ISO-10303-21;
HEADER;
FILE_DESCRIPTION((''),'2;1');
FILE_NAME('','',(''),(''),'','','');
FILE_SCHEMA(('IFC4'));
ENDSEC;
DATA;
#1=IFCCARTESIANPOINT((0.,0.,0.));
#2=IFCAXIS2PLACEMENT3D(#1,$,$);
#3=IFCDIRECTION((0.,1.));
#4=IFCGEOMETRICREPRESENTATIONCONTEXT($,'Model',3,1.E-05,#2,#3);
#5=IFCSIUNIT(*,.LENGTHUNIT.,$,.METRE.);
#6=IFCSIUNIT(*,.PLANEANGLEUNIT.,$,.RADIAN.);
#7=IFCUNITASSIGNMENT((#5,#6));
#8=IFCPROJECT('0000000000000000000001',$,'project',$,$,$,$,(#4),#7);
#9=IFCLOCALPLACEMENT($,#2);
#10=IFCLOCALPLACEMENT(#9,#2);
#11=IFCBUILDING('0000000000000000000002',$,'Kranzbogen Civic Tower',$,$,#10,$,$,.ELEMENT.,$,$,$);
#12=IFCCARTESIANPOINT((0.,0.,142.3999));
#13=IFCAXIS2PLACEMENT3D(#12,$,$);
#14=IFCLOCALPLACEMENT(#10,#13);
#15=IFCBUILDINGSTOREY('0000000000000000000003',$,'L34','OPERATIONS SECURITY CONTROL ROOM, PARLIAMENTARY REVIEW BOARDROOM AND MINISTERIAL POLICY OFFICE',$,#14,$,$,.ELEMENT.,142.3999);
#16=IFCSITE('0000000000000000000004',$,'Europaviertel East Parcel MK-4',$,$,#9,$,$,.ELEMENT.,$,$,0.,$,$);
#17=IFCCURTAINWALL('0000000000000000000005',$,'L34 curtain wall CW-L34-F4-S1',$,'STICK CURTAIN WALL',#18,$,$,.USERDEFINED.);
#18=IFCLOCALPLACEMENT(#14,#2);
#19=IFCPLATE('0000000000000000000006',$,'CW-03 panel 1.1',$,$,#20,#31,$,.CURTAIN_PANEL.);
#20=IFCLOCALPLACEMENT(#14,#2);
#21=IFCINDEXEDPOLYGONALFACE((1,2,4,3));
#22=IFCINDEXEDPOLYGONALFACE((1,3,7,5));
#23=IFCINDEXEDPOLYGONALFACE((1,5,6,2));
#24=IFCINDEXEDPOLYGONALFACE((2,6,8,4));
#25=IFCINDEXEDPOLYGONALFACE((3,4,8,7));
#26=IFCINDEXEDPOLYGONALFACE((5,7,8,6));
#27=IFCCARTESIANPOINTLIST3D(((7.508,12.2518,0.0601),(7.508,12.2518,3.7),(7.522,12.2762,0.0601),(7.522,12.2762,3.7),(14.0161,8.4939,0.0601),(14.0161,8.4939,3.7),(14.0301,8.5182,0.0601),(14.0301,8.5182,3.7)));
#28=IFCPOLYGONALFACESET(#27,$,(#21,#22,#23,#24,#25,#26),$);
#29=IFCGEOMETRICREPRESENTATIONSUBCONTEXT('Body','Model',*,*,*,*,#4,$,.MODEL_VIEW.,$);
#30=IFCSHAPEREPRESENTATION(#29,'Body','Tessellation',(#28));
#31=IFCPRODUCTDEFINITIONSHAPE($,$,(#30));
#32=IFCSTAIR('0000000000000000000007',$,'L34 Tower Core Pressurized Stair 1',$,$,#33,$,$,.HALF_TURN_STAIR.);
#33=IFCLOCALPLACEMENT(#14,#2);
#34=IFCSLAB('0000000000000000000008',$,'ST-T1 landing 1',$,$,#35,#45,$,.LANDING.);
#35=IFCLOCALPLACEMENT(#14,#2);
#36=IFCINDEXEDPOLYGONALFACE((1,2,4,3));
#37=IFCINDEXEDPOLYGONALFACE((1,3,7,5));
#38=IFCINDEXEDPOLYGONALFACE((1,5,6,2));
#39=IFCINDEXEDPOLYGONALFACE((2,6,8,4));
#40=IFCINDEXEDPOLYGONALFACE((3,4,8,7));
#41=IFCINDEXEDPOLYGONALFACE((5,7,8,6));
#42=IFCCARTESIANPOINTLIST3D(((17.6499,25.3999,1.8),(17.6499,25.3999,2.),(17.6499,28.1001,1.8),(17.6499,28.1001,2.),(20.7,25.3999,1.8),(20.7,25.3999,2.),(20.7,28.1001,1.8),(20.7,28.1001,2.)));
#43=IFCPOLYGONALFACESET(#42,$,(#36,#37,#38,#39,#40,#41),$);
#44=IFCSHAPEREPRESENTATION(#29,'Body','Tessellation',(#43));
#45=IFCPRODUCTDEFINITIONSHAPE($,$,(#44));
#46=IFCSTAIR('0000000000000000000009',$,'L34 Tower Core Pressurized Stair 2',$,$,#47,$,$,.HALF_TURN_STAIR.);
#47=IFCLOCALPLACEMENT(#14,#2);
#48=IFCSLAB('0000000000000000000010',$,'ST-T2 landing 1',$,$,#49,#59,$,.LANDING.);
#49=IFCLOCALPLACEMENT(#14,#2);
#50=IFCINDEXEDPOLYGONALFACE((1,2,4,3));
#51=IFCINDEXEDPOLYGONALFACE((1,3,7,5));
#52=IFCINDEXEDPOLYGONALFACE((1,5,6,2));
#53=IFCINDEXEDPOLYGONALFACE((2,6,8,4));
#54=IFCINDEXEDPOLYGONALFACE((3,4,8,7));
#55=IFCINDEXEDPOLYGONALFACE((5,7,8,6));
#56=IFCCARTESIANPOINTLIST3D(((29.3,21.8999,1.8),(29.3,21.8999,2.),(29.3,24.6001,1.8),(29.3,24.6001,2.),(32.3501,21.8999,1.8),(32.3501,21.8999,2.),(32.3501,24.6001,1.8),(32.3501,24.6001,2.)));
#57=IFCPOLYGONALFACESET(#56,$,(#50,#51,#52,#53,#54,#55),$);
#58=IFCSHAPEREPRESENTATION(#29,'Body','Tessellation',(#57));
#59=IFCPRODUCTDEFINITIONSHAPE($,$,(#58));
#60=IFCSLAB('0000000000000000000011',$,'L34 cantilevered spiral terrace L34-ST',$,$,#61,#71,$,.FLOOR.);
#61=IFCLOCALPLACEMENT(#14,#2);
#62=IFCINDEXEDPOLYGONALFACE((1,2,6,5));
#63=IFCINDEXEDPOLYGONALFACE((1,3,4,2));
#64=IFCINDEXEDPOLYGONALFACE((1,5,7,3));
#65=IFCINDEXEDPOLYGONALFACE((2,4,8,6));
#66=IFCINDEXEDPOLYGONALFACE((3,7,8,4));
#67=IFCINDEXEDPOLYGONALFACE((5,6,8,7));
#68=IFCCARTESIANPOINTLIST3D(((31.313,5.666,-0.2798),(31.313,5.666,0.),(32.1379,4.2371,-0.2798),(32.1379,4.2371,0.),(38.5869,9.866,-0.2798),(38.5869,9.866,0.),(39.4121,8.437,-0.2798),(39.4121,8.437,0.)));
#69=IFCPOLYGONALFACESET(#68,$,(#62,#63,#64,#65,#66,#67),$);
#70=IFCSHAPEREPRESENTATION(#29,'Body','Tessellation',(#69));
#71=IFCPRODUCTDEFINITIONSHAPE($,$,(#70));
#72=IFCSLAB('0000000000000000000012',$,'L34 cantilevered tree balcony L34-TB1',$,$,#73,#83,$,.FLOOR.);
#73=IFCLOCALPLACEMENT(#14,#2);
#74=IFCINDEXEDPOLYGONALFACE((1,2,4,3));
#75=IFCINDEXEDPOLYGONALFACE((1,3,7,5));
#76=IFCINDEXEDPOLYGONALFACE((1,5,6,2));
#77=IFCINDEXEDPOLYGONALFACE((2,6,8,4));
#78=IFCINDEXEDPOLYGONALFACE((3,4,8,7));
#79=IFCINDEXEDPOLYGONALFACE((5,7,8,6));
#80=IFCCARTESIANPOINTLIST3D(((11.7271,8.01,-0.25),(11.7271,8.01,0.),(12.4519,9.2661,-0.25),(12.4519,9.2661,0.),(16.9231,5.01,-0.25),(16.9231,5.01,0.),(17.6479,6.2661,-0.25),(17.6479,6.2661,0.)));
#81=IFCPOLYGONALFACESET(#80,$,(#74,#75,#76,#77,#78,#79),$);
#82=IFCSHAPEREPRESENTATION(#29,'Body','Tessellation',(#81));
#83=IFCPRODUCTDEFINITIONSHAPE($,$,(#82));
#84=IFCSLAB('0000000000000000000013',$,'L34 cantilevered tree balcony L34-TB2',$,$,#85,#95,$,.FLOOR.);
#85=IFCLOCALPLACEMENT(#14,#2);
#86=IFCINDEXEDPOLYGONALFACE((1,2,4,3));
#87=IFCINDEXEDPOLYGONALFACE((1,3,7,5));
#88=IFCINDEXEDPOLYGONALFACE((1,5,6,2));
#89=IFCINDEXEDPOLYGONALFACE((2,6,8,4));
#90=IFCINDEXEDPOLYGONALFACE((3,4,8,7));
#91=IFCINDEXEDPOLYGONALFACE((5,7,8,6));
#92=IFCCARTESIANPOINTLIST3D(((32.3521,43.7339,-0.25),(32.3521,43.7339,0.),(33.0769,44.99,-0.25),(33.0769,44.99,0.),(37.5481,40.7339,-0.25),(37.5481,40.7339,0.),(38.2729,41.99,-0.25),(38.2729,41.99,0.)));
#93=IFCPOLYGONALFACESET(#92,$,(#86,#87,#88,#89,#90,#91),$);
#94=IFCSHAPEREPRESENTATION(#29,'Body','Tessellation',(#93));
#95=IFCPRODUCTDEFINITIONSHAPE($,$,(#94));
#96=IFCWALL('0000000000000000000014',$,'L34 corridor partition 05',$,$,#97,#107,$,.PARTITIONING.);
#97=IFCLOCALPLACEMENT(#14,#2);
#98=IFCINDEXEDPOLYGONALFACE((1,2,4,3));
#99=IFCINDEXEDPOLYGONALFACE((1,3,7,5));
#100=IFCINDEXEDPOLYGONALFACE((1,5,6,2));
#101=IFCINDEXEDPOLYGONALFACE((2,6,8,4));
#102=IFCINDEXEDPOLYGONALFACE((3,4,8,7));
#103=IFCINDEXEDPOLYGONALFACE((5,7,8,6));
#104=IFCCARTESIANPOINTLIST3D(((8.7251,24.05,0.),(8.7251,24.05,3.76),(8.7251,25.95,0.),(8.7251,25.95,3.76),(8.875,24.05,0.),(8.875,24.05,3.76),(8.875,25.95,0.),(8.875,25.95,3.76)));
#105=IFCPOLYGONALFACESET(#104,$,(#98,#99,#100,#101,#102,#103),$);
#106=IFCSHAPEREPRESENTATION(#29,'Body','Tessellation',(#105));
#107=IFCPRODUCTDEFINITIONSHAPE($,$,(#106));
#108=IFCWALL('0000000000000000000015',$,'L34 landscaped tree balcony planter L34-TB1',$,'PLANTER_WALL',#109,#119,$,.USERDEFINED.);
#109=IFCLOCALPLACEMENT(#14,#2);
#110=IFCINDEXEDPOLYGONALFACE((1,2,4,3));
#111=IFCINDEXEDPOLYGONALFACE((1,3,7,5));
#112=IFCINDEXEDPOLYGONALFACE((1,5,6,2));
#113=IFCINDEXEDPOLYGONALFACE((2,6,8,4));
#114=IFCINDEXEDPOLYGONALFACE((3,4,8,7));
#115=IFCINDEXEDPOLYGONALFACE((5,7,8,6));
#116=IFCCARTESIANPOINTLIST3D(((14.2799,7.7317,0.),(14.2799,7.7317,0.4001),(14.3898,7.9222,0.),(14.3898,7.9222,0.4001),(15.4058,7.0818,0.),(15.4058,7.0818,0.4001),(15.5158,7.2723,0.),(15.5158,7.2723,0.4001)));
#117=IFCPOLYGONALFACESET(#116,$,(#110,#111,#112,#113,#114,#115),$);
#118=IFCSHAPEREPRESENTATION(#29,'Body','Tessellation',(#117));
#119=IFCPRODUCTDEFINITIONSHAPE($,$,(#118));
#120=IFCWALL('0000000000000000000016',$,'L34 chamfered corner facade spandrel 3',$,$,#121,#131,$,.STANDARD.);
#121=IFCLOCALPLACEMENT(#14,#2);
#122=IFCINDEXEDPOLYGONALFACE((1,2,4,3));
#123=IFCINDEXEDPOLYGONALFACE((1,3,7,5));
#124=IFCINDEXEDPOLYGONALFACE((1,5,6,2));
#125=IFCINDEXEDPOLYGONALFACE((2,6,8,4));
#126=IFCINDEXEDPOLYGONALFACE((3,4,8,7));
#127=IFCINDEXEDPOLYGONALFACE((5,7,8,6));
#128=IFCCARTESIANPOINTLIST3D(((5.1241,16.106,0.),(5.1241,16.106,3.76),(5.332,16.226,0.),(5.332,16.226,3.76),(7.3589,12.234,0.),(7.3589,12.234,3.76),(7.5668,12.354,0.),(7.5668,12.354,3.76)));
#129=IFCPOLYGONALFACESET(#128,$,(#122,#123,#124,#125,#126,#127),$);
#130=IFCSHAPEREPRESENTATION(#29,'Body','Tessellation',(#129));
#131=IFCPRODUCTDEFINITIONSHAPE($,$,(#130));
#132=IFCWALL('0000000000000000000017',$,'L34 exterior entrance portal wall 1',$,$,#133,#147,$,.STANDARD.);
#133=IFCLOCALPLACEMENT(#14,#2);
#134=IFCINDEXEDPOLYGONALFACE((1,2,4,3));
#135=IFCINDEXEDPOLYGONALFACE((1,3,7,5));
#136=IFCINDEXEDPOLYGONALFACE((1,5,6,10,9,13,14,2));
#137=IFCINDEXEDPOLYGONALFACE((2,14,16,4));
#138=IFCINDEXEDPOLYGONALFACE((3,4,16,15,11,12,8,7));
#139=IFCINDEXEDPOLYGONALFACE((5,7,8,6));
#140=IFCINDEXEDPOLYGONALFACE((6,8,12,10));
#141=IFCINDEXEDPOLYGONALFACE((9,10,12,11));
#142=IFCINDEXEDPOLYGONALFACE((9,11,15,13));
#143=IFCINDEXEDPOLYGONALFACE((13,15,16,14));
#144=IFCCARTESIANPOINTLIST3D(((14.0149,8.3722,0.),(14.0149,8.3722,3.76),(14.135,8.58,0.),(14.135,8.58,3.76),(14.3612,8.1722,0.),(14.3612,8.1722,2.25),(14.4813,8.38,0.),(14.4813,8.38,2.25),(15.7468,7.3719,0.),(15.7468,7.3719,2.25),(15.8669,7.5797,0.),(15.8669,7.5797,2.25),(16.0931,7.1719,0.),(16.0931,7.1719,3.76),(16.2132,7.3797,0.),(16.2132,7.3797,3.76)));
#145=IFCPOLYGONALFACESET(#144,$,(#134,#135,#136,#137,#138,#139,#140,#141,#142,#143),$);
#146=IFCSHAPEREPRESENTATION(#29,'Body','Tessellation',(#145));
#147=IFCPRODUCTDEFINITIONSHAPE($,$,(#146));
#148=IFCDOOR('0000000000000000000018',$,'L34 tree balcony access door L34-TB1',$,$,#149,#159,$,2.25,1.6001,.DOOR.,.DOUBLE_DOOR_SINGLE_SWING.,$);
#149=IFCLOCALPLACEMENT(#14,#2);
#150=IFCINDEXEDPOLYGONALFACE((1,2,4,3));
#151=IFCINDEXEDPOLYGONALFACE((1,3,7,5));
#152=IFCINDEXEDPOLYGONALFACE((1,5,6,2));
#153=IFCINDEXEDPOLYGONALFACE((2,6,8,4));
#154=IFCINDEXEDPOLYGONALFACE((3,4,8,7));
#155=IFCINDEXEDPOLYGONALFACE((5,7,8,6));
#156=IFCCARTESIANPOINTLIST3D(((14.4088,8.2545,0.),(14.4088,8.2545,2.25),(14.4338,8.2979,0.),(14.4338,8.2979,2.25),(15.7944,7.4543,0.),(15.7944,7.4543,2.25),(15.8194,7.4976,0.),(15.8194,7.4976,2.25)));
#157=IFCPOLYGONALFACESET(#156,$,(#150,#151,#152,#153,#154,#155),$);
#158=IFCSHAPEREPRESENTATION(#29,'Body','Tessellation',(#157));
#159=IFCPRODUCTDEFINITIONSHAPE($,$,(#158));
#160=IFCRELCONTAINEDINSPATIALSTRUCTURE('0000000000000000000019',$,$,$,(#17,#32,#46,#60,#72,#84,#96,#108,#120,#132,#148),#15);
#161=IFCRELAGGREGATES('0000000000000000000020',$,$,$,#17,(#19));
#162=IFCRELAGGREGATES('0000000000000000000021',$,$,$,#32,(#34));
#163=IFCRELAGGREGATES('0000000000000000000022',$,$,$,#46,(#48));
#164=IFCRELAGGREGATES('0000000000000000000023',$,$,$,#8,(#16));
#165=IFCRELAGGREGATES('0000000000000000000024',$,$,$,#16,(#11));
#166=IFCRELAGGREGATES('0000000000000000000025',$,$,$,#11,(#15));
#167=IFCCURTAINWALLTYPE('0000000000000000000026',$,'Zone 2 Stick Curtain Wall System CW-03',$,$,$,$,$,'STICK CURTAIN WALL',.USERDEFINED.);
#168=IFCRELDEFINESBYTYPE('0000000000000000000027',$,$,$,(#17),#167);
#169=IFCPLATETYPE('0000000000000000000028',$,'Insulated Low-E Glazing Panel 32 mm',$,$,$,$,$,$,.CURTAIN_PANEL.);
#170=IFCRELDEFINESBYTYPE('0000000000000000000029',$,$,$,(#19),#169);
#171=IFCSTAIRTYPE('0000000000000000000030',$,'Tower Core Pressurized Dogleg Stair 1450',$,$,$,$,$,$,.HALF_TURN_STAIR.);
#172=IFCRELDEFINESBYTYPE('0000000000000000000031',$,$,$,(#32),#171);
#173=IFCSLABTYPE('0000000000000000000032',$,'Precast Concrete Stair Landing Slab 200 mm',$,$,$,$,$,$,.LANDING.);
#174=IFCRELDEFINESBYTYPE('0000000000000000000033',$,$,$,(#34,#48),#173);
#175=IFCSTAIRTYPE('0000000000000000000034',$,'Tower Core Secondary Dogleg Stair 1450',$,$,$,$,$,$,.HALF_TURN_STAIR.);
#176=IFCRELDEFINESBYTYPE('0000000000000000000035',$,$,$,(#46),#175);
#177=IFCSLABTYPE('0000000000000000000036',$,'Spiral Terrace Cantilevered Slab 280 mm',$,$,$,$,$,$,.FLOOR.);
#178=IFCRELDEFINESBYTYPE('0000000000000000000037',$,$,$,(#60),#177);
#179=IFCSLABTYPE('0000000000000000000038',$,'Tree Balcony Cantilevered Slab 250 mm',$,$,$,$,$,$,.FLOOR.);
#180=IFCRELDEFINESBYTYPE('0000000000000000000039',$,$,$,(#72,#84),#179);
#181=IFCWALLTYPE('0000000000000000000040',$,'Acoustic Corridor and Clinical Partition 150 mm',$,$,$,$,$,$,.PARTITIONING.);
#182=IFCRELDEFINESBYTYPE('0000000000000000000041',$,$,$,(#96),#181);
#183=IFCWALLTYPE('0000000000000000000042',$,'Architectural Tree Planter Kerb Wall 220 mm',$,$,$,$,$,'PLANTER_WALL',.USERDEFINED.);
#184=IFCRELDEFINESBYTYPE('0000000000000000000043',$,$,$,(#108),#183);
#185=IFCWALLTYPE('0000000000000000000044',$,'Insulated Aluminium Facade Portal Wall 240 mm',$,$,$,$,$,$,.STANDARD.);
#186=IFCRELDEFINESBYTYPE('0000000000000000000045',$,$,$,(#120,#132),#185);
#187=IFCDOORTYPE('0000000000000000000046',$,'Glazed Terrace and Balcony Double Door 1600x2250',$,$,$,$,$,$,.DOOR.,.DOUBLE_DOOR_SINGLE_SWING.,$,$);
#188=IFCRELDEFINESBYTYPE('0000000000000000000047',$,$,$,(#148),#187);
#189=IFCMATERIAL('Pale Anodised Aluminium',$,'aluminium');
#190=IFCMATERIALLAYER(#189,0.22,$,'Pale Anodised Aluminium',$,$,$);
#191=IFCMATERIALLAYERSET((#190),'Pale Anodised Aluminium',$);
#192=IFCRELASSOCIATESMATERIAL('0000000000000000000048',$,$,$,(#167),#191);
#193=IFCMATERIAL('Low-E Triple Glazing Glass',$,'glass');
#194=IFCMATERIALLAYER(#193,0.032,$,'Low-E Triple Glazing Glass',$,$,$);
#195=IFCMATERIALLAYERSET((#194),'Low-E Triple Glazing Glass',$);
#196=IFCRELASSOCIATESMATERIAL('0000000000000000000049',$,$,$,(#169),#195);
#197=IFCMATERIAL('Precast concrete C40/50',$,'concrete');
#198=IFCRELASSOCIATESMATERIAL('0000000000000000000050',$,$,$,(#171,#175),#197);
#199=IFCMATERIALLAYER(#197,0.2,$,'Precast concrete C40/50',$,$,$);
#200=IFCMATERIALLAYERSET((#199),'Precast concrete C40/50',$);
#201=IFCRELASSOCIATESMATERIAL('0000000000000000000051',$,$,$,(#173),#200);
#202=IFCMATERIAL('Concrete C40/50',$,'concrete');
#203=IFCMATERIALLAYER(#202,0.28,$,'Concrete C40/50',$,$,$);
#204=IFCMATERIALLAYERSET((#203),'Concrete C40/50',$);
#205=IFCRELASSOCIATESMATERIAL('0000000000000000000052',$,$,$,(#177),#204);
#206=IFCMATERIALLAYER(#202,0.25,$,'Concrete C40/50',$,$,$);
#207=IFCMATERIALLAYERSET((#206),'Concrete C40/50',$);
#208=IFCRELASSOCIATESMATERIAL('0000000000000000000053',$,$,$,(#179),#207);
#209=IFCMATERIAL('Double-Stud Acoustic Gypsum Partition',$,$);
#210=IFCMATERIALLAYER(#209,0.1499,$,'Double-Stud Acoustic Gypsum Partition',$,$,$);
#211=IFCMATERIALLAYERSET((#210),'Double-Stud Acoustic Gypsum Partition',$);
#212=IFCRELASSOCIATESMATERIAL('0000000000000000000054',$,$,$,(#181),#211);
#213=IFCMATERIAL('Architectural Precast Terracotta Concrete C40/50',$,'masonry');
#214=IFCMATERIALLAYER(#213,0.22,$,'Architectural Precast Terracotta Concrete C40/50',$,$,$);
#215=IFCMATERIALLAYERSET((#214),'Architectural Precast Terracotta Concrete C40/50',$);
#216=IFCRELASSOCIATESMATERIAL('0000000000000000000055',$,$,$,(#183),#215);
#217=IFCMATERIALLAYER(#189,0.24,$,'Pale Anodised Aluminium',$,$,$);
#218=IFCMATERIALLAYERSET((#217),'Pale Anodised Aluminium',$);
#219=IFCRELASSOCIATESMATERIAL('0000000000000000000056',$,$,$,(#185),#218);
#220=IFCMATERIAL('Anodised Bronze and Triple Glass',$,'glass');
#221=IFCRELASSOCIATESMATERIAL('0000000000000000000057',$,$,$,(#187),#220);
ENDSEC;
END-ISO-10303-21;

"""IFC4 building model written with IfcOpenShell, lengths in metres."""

from ifc_helpers import new_model, si_unit, direction, frame, frame_2d, origin, origin_2d, place, context, subcontext, project, spatial, polyline, rectangle, outline, extrude, material, layer, layer_set, type_object, element, fill, aggregate, save


model = new_model("IFC4")

# Units and contexts
model_context = context("Model", 3, precision=1e-05, world=origin(), true_north=direction((0.0, 1.0)))
body_context = subcontext(model_context, "Body", "Model", "MODEL_VIEW")
ifc_project = project(units=[si_unit("LENGTHUNIT", "METRE"), si_unit("PLANEANGLEUNIT", "RADIAN")], contexts=[model_context])

# Site, building, storey
site_placement = place(None, origin())
site = spatial("IfcSite", under=ifc_project, at=site_placement, Name="Europaviertel East Parcel MK-4", CompositionType="ELEMENT", RefElevation=0.0)
building_placement = place(site_placement, origin())
building = spatial("IfcBuilding", under=site, at=building_placement, Name="Kranzbogen Civic Tower", CompositionType="ELEMENT")
storey_placement = place(building_placement, frame((0.0, 0.0, 142.3999)))
storey = spatial("IfcBuildingStorey", under=building, at=storey_placement, Name="L34", Description="OPERATIONS SECURITY CONTROL ROOM, PARLIAMENTARY REVIEW BOARDROOM AND MINISTERIAL POLICY OFFICE", CompositionType="ELEMENT", Elevation=142.3999)

# Shared definitions
ifc_material_1 = material(Name="Pale Anodised Aluminium", Category="aluminium")
ifc_layer_1 = layer(ifc_material_1, 0.22, Name="Pale Anodised Aluminium")
ifc_layer_set_1 = layer_set([ifc_layer_1], Name="Pale Anodised Aluminium")
curtain_wall_type = type_object("IfcCurtainWallType", Name="Zone 2 Stick Curtain Wall System CW-03", ElementType="STICK CURTAIN WALL", PredefinedType="USERDEFINED", material=ifc_layer_set_1)

# Curtain wall
curtain_wall_1_placement = place(storey_placement, origin())
curtain_wall_1 = element("IfcCurtainWall", 1, at=curtain_wall_1_placement, inside=storey, type_object=curtain_wall_type, Name="L34 curtain wall CW-L34-F4-S1", ObjectType="STICK CURTAIN WALL", PredefinedType="USERDEFINED")

# Shared definitions
ifc_material_2 = material(Name="Concrete C40/50", Category="concrete")

# Plate
ifc_material_3 = material(Name="Low-E Triple Glazing Glass", Category="glass")
ifc_layer_2 = layer(ifc_material_3, 0.032, Name="Low-E Triple Glazing Glass")
ifc_layer_set_2 = layer_set([ifc_layer_2], Name="Low-E Triple Glazing Glass")
plate_type = type_object("IfcPlateType", Name="Insulated Low-E Glazing Panel 32 mm", PredefinedType="CURTAIN_PANEL", material=ifc_layer_set_2)
plate_1_placement = place(storey_placement, frame((10.769, 10.385, 0.0601), z_axis=(0.0, 0.0, 1.0), x_axis=(0.865994, -0.500055, 0.0)))
plate_1 = element("IfcPlate", 2, at=plate_1_placement, type_object=plate_type, Name="CW-03 panel 1.1", PredefinedType="CURTAIN_PANEL", context=body_context, shape_type="SweptSolid", body=[
    extrude(rectangle(XDim=7.5151, YDim=0.0281, at=origin_2d()), origin(), (0.0, 0.0, 1.0), 3.6399),
])
aggregate(curtain_wall_1, [plate_1])

# Stairs, slabs
ifc_material_4 = material(Name="Precast concrete C40/50", Category="concrete")
stair_type_1 = type_object("IfcStairType", Name="Tower Core Pressurized Dogleg Stair 1450", PredefinedType="HALF_TURN_STAIR", material=ifc_material_4)
stair_1_placement = place(storey_placement, origin())
stair_1 = element("IfcStair", 3, at=stair_1_placement, inside=storey, type_object=stair_type_1, Name="L34 Tower Core Pressurized Stair 1", PredefinedType="HALF_TURN_STAIR")
ifc_layer_3 = layer(ifc_material_4, 0.2, Name="Precast concrete C40/50")
ifc_layer_set_3 = layer_set([ifc_layer_3], Name="Precast concrete C40/50")
slab_type_1 = type_object("IfcSlabType", Name="Precast Concrete Stair Landing Slab 200 mm", PredefinedType="LANDING", material=ifc_layer_set_3)
slab_1_placement = place(storey_placement, frame((0.0, 0.0, 1.8)))
slab_1 = element("IfcSlab", 4, at=slab_1_placement, type_object=slab_type_1, Name="ST-T1 landing 1", PredefinedType="LANDING", context=body_context, shape_type="SweptSolid", body=[
    extrude(outline(polyline([(20.7, 25.3999), (20.7, 28.1001), (17.6499, 28.1001), (17.6499, 25.3999), (20.7, 25.3999)])), origin(), (0.0, 0.0, 1.0), 0.2),
])
aggregate(stair_1, [slab_1])
stair_type_2 = type_object("IfcStairType", Name="Tower Core Secondary Dogleg Stair 1450", PredefinedType="HALF_TURN_STAIR", material=ifc_material_4)
stair_2_placement = place(storey_placement, origin())
stair_2 = element("IfcStair", 5, at=stair_2_placement, inside=storey, type_object=stair_type_2, Name="L34 Tower Core Pressurized Stair 2", PredefinedType="HALF_TURN_STAIR")
slab_2_placement = place(storey_placement, frame((0.0, 0.0, 1.8)))
slab_2 = element("IfcSlab", 6, at=slab_2_placement, type_object=slab_type_1, Name="ST-T2 landing 1", PredefinedType="LANDING", context=body_context, shape_type="SweptSolid", body=[
    extrude(outline(polyline([(29.3, 24.6001), (29.3, 21.8999), (32.3501, 21.8999), (32.3501, 24.6001), (29.3, 24.6001)])), origin(), (0.0, 0.0, 1.0), 0.2),
])
aggregate(stair_2, [slab_2])

# Slabs
ifc_layer_4 = layer(ifc_material_2, 0.28, Name="Concrete C40/50")
ifc_layer_set_4 = layer_set([ifc_layer_4], Name="Concrete C40/50")
slab_type_2 = type_object("IfcSlabType", Name="Spiral Terrace Cantilevered Slab 280 mm", PredefinedType="FLOOR", material=ifc_layer_set_4)
slab_3_placement = place(storey_placement, frame((0.0, 0.0, -0.2798)))
element("IfcSlab", 7, at=slab_3_placement, inside=storey, type_object=slab_type_2, Name="L34 cantilevered spiral terrace L34-ST", PredefinedType="FLOOR", context=body_context, shape_type="SweptSolid", body=[
    extrude(outline(polyline([(31.313, 5.666), (38.5869, 9.866), (39.4121, 8.437), (32.1379, 4.2371), (31.313, 5.666)])), origin(), (0.0, 0.0, 1.0), 0.2798),
])
ifc_layer_5 = layer(ifc_material_2, 0.25, Name="Concrete C40/50")
ifc_layer_set_5 = layer_set([ifc_layer_5], Name="Concrete C40/50")
slab_type_3 = type_object("IfcSlabType", Name="Tree Balcony Cantilevered Slab 250 mm", PredefinedType="FLOOR", material=ifc_layer_set_5)
slab_4_placement = place(storey_placement, frame((0.0, 0.0, -0.25)))
element("IfcSlab", 8, at=slab_4_placement, inside=storey, type_object=slab_type_3, Name="L34 cantilevered tree balcony L34-TB1", PredefinedType="FLOOR", context=body_context, shape_type="SweptSolid", body=[
    extrude(outline(polyline([(12.4519, 9.2661), (17.6479, 6.2661), (16.9231, 5.01), (11.7271, 8.01), (12.4519, 9.2661)])), origin(), (0.0, 0.0, 1.0), 0.25),
])
slab_5_placement = place(storey_placement, frame((0.0, 0.0, -0.25)))
element("IfcSlab", 9, at=slab_5_placement, inside=storey, type_object=slab_type_3, Name="L34 cantilevered tree balcony L34-TB2", PredefinedType="FLOOR", context=body_context, shape_type="SweptSolid", body=[
    extrude(outline(polyline([(37.5481, 40.7339), (32.3521, 43.7339), (33.0769, 44.99), (38.2729, 41.99), (37.5481, 40.7339)])), origin(), (0.0, 0.0, 1.0), 0.25),
])

# Walls
ifc_material_5 = material(Name="Double-Stud Acoustic Gypsum Partition")
ifc_layer_6 = layer(ifc_material_5, 0.1499, Name="Double-Stud Acoustic Gypsum Partition")
ifc_layer_set_6 = layer_set([ifc_layer_6], Name="Double-Stud Acoustic Gypsum Partition")
wall_type_1 = type_object("IfcWallType", Name="Acoustic Corridor and Clinical Partition 150 mm", PredefinedType="PARTITIONING", material=ifc_layer_set_6)
wall_1_placement = place(storey_placement, frame((8.8, 24.05, 0.0), z_axis=(0.0, 0.0, 1.0), x_axis=(0.0, 1.0, 0.0)))
element("IfcWall", 10, at=wall_1_placement, inside=storey, type_object=wall_type_1, Name="L34 corridor partition 05", PredefinedType="PARTITIONING", context=body_context, shape_type="SweptSolid", body=[
    extrude(rectangle(XDim=1.8999, YDim=0.1499, at=frame_2d((0.95, 0.0))), origin(), (0.0, 0.0, 1.0), 3.76),
])
ifc_material_6 = material(Name="Architectural Precast Terracotta Concrete C40/50", Category="masonry")
ifc_layer_7 = layer(ifc_material_6, 0.22, Name="Architectural Precast Terracotta Concrete C40/50")
ifc_layer_set_7 = layer_set([ifc_layer_7], Name="Architectural Precast Terracotta Concrete C40/50")
wall_type_2 = type_object("IfcWallType", Name="Architectural Tree Planter Kerb Wall 220 mm", ElementType="PLANTER_WALL", PredefinedType="USERDEFINED", material=ifc_layer_set_7)
wall_2_placement = place(storey_placement, frame((14.335, 7.8269, 0.0), z_axis=(0.0, 0.0, 1.0), x_axis=(0.866086, -0.499896, 0.0)))
element("IfcWall", 11, at=wall_2_placement, inside=storey, type_object=wall_type_2, Name="L34 landscaped tree balcony planter L34-TB1", ObjectType="PLANTER_WALL", PredefinedType="USERDEFINED", context=body_context, shape_type="SweptSolid", body=[
    extrude(rectangle(XDim=1.3, YDim=0.22, at=frame_2d((0.6499, 0.0))), origin(), (0.0, 0.0, 1.0), 0.4001),
])
ifc_layer_8 = layer(ifc_material_1, 0.24, Name="Pale Anodised Aluminium")
ifc_layer_set_8 = layer_set([ifc_layer_8], Name="Pale Anodised Aluminium")
wall_type_3 = type_object("IfcWallType", Name="Insulated Aluminium Facade Portal Wall 240 mm", PredefinedType="STANDARD", material=ifc_layer_set_8)
wall_3_placement = place(storey_placement, frame((5.228, 16.166, 0.0), z_axis=(0.0, 0.0, 1.0), x_axis=(0.499886, -0.866091, 0.0)))
element("IfcWall", 12, at=wall_3_placement, inside=storey, type_object=wall_type_3, Name="L34 chamfered corner facade spandrel 3", PredefinedType="STANDARD", context=body_context, shape_type="SweptSolid", body=[
    extrude(rectangle(XDim=4.4707, YDim=0.24, at=frame_2d((2.2354, 0.0))), origin(), (0.0, 0.0, 1.0), 3.76),
])

# Wall, opening, door
wall_4_placement = place(storey_placement, frame((14.075, 8.4761, 0.0), z_axis=(0.0, 0.0, 1.0), x_axis=(0.865955, -0.500122, 0.0)))
wall_4 = element("IfcWall", 13, at=wall_4_placement, inside=storey, type_object=wall_type_3, Name="L34 exterior entrance portal wall 1", PredefinedType="STANDARD", context=body_context, shape_type="SweptSolid", body=[
    extrude(rectangle(XDim=2.3999, YDim=0.24, at=frame_2d((1.2, 0.0))), origin(), (0.0, 0.0, 1.0), 3.76),
])
opening_placement = place(wall_4_placement, frame((0.3999, 0.0, 0.0)))
opening = element("IfcOpeningElement", 14, at=opening_placement, cuts=wall_4, PredefinedType="OPENING", context=body_context, shape_type="SweptSolid", body=[
    extrude(rectangle(XDim=1.6001, YDim=2.25, at=frame_2d((0.8, 1.125))), frame((0.0, 0.1299, 0.0), z_axis=(0.0, -1.0, 0.0), x_axis=(1.0, 0.0, 0.0)), (0.0, 0.0, 1.0), 0.26),
])
ifc_material_7 = material(Name="Anodised Bronze and Triple Glass", Category="glass")
door_type = type_object("IfcDoorType", Name="Glazed Terrace and Balcony Double Door 1600x2250", OperationType="DOUBLE_DOOR_SINGLE_SWING", PredefinedType="DOOR", material=ifc_material_7)
door_placement = place(opening_placement, frame((1.6001, 0.0, 0.0), z_axis=(0.0, 0.0, 1.0), x_axis=(-1.0, 0.0, 0.0)))
door = element("IfcDoor", 15, at=door_placement, inside=storey, type_object=door_type, Name="L34 tree balcony access door L34-TB1", OperationType="DOUBLE_DOOR_SINGLE_SWING", OverallHeight=2.25, OverallWidth=1.6001, PredefinedType="DOOR", context=body_context, shape_type="SweptSolid", body=[
    extrude(rectangle(XDim=1.6001, YDim=2.25, at=frame_2d((0.8, 1.125))), frame((0.0, 0.0249, 0.0), z_axis=(0.0, -1.0, 0.0), x_axis=(1.0, 0.0, 0.0)), (0.0, 0.0, 1.0), 0.05),
])
fill(opening, door)

save(model, "model.ifc")
